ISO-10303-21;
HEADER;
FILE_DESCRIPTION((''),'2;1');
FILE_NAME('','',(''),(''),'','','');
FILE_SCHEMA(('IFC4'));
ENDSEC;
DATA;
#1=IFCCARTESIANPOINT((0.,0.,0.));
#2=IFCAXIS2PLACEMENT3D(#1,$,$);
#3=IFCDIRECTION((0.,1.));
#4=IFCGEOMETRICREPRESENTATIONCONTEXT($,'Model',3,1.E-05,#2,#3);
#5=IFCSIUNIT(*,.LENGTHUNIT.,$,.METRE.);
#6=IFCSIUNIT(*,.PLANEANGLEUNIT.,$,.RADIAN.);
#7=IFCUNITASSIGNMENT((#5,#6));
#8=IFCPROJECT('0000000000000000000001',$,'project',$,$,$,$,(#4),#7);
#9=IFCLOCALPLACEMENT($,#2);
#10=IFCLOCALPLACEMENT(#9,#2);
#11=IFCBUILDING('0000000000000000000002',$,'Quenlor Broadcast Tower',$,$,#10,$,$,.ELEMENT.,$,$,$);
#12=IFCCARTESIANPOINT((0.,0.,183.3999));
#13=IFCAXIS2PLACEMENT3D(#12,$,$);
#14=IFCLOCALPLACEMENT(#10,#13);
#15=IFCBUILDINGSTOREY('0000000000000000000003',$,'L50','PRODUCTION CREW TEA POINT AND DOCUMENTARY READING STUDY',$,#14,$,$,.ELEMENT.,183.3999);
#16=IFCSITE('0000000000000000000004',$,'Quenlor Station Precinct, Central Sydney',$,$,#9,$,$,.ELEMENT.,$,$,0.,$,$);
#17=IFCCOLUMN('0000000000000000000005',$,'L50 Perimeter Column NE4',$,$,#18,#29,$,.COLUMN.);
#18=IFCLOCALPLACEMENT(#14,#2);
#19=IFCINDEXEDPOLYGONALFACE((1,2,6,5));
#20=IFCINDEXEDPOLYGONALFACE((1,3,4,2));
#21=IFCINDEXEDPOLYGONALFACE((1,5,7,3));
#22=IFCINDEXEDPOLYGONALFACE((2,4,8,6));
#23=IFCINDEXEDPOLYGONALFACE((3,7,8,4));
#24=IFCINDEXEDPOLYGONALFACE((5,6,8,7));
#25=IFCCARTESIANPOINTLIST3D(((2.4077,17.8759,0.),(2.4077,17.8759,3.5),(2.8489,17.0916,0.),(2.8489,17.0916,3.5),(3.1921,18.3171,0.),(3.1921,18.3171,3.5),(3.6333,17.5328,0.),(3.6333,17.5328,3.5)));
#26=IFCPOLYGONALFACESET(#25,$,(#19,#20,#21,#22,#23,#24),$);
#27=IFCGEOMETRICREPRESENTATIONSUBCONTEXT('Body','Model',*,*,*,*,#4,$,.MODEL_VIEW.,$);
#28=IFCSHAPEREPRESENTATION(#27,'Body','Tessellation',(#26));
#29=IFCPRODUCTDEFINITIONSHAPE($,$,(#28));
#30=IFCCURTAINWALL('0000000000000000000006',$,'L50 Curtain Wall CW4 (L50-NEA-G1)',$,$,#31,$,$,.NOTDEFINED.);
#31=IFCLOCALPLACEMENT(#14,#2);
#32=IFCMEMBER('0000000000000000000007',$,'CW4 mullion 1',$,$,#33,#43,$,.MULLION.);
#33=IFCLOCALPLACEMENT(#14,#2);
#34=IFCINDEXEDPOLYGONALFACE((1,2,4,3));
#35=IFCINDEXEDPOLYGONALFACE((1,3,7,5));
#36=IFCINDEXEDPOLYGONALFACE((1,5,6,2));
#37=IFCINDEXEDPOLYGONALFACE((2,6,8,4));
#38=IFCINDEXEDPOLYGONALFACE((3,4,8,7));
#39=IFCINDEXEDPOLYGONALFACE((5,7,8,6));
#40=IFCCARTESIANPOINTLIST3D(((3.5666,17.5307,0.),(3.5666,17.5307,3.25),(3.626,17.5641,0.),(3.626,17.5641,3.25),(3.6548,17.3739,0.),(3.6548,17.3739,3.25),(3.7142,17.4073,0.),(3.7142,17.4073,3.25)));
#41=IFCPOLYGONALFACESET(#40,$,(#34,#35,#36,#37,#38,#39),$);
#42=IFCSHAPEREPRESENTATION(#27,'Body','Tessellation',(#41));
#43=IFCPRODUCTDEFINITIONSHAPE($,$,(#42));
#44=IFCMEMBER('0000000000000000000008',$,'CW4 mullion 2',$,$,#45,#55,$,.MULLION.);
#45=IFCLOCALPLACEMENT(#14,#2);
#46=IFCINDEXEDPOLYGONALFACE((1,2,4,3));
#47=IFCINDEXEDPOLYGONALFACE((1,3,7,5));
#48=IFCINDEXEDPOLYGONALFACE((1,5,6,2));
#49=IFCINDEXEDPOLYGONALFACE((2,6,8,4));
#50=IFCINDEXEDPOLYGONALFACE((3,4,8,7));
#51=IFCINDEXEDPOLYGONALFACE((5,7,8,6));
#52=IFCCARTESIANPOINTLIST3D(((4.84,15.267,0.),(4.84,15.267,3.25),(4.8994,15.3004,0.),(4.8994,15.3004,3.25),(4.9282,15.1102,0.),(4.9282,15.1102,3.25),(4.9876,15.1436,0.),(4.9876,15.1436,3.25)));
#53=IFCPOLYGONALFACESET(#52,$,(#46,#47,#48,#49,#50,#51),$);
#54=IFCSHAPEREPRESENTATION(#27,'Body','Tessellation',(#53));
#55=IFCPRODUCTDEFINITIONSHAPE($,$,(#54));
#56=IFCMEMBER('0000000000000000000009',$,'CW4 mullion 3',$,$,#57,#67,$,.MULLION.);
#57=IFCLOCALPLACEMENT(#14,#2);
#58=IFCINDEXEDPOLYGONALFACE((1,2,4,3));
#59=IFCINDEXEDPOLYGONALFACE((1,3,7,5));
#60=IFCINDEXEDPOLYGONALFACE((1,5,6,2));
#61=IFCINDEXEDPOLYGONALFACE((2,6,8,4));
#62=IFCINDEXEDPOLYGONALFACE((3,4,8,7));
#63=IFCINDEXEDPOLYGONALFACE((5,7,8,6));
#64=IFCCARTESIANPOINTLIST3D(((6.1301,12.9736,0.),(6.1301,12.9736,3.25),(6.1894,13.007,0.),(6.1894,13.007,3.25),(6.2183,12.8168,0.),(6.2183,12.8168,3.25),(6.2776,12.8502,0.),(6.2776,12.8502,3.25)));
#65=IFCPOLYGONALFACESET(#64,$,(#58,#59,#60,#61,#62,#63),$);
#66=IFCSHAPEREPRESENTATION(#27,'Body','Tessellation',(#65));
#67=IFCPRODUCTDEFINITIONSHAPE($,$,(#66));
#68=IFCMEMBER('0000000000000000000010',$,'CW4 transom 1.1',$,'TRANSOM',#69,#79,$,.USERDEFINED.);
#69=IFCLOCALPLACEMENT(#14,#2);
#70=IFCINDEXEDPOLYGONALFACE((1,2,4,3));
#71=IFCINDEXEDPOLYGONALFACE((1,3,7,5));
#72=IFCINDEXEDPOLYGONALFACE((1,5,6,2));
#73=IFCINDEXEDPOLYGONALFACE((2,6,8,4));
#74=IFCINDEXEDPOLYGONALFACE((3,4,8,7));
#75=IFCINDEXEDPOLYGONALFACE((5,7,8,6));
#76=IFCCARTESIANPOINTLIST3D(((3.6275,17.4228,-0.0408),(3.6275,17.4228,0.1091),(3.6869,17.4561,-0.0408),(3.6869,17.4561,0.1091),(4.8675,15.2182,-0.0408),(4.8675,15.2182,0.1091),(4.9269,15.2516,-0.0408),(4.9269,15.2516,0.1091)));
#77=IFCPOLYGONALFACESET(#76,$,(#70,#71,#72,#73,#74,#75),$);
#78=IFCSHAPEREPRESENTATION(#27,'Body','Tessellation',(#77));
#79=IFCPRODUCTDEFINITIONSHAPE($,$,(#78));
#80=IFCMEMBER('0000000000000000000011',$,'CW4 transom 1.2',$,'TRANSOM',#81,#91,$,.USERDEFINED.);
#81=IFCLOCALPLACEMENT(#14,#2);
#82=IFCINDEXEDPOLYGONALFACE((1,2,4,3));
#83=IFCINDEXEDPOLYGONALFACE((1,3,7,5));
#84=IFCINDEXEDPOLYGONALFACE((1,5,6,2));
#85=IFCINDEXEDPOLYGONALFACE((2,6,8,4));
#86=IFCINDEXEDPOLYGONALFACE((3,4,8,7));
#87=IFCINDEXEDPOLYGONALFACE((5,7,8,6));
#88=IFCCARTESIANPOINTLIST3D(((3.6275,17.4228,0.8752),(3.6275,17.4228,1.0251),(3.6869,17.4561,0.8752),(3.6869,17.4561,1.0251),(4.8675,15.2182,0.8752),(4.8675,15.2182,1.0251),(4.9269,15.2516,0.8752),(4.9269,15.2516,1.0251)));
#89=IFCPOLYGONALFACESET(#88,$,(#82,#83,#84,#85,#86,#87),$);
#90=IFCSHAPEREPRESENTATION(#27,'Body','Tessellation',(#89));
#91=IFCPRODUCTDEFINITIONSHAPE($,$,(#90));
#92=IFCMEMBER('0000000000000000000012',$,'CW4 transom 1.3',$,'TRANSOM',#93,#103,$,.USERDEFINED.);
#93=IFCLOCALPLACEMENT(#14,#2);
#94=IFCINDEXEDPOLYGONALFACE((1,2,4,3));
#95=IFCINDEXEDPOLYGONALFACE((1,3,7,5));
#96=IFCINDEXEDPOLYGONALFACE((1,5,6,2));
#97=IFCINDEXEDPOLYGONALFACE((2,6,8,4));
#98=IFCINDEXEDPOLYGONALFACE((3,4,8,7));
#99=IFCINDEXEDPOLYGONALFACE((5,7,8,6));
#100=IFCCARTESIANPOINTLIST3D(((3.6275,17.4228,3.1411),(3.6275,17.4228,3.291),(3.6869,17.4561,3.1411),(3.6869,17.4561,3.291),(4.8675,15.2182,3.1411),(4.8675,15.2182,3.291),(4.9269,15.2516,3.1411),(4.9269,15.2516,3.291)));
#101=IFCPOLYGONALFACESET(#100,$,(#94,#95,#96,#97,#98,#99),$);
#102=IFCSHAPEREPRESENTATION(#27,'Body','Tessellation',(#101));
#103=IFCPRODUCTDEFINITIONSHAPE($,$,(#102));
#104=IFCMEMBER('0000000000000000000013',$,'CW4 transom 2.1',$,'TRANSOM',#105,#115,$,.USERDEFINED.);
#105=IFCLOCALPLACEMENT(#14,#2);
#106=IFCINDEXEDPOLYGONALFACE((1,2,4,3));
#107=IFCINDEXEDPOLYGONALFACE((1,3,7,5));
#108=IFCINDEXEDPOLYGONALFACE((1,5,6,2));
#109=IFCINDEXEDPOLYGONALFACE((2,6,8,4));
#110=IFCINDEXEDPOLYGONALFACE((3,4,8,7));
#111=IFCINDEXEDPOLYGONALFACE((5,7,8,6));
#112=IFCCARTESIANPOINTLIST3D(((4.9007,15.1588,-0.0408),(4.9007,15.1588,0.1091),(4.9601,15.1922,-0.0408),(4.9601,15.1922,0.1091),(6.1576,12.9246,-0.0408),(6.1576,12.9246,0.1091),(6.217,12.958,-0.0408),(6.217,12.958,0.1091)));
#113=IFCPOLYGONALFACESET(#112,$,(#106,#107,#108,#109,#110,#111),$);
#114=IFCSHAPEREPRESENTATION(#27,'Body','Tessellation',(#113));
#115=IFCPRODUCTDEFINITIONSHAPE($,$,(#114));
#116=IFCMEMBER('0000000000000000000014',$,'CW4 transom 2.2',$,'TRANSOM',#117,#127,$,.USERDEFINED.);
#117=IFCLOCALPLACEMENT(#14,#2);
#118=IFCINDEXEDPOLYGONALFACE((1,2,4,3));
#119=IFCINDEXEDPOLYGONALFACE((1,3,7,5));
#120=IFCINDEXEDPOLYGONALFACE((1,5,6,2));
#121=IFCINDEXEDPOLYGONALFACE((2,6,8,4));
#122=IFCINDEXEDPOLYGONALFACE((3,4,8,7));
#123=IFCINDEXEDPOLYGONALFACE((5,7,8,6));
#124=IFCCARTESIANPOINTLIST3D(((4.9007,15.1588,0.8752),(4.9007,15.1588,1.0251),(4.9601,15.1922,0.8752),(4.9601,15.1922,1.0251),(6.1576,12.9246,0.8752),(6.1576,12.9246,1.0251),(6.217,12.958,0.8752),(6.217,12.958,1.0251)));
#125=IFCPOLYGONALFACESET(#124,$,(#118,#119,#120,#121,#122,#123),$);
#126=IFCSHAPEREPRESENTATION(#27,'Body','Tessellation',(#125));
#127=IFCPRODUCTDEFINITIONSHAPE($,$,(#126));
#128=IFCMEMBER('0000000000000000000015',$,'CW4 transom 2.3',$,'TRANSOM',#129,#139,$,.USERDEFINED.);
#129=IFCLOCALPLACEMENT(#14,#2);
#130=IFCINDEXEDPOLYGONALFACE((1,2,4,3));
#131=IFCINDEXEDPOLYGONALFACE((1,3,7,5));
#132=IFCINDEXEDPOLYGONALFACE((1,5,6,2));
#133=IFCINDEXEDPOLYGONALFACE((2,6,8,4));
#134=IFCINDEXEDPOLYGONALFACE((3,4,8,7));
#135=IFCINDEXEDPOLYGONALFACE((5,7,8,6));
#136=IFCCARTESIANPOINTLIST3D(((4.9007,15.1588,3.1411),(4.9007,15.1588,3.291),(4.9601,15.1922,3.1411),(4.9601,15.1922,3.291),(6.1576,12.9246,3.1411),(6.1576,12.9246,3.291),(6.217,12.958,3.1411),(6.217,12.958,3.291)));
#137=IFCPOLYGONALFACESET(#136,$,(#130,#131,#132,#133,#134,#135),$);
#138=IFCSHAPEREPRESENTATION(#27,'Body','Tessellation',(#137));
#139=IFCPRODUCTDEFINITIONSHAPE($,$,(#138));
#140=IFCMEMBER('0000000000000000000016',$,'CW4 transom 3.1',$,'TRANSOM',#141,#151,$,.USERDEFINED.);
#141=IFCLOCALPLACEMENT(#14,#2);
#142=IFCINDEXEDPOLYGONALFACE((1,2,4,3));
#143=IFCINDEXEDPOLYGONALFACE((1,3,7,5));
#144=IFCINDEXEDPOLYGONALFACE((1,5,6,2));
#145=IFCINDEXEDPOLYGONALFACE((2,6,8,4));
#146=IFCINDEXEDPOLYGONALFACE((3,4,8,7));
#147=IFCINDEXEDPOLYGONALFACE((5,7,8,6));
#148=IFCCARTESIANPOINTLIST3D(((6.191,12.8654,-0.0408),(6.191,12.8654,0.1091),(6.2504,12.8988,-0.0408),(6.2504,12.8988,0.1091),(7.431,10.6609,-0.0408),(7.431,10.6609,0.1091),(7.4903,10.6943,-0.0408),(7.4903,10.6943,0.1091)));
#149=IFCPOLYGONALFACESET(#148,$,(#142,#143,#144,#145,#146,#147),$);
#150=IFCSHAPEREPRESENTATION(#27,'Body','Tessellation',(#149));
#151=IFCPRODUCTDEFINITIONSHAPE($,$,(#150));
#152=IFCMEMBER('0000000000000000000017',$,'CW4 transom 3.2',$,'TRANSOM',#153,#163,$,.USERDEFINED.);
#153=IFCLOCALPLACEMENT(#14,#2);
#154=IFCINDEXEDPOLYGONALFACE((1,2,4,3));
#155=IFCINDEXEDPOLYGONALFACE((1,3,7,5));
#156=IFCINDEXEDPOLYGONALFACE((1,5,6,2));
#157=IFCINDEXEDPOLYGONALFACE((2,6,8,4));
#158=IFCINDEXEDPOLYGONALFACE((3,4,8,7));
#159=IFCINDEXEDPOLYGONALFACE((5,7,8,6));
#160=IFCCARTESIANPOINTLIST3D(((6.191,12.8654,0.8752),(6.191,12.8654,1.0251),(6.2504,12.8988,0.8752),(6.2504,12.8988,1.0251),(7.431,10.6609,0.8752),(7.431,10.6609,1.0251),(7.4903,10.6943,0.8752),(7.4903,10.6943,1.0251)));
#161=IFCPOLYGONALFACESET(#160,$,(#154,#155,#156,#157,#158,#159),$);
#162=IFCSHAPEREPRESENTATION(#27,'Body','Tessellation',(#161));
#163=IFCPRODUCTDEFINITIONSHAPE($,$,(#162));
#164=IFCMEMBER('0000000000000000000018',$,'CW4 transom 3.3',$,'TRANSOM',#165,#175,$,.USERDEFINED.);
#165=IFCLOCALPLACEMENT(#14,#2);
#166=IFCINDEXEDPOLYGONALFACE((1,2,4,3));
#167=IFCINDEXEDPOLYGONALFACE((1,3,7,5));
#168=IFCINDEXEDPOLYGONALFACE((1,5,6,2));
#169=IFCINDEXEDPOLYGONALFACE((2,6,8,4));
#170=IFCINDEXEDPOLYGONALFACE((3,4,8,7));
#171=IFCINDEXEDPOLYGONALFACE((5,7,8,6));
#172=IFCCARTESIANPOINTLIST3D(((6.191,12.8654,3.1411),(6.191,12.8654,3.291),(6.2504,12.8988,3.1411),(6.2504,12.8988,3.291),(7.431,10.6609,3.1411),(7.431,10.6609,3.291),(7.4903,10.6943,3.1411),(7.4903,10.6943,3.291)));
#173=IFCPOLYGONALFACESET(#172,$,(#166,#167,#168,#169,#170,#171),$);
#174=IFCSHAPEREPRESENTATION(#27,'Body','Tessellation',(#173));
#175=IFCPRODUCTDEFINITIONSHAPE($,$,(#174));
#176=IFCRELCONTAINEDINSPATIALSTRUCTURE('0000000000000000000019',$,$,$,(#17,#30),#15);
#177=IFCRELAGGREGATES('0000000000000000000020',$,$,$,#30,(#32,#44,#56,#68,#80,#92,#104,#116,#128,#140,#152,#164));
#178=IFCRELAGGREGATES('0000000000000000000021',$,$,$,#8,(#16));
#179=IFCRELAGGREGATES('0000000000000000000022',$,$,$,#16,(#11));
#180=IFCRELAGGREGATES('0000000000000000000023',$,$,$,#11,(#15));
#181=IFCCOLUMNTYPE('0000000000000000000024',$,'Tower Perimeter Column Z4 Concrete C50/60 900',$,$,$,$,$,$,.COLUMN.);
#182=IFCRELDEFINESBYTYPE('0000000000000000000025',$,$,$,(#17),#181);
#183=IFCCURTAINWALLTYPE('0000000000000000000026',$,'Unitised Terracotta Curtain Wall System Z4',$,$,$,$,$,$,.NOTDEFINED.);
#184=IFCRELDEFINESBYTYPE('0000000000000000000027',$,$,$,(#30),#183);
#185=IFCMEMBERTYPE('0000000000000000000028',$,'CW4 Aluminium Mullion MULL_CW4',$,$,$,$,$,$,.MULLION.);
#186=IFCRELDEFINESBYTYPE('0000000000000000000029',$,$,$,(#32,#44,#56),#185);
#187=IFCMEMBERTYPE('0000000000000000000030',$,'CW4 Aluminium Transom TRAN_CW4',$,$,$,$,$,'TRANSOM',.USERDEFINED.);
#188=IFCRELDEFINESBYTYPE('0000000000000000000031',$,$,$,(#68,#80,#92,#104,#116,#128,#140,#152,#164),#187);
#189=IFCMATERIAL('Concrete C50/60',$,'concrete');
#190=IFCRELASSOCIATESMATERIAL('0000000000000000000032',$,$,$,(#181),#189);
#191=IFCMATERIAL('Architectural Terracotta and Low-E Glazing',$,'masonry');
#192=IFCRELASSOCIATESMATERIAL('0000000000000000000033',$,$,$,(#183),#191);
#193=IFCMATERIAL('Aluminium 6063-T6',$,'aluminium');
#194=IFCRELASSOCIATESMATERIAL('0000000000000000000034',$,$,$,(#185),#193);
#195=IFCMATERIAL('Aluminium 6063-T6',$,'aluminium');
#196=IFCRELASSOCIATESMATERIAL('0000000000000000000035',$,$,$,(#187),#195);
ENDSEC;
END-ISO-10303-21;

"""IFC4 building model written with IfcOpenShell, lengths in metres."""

from ifc_helpers import new_model, si_unit, direction, frame, origin, origin_2d, place, context, subcontext, project, spatial, rectangle, extrude, material, material_profile, profile_set, type_object, element, aggregate, save


model = new_model("IFC4")

# Units and contexts
model_context = context("Model", 3, precision=1e-05, world=origin(), true_north=direction((0.0, 1.0)))
body_context = subcontext(model_context, "Body", "Model", "MODEL_VIEW")
ifc_project = project(units=[si_unit("LENGTHUNIT", "METRE"), si_unit("PLANEANGLEUNIT", "RADIAN")], contexts=[model_context])

# Site, building, storey
site_placement = place(None, origin())
site = spatial("IfcSite", under=ifc_project, at=site_placement, Name="Quenlor Station Precinct, Central Sydney", CompositionType="ELEMENT", RefElevation=0.0)
building_placement = place(site_placement, origin())
building = spatial("IfcBuilding", under=site, at=building_placement, Name="Quenlor Broadcast Tower", CompositionType="ELEMENT")
storey_placement = place(building_placement, frame((0.0, 0.0, 183.3999)))
storey = spatial("IfcBuildingStorey", under=building, at=storey_placement, Name="L50", Description="PRODUCTION CREW TEA POINT AND DOCUMENTARY READING STUDY", CompositionType="ELEMENT", Elevation=183.3999)

# Column
ifc_material_1 = material(Name="Concrete C50/60", Category="concrete")
ifc_material_profile_1 = material_profile(ifc_material_1, rectangle(XDim=0.8999, YDim=0.8999, at=origin_2d()))
ifc_profile_set_1 = profile_set([ifc_material_profile_1], Name="Concrete C50/60 RC900x900")
column_type = type_object("IfcColumnType", Name="Tower Perimeter Column Z4 Concrete C50/60 900", PredefinedType="COLUMN", material=ifc_profile_set_1)
column_placement = place(storey_placement, frame((3.0205, 17.7043, 0.0), z_axis=(0.0, 0.0, 1.0), x_axis=(0.871575, 0.490262, 0.0)))
element("IfcColumn", 1, at=column_placement, inside=storey, type_object=column_type, Name="L50 Perimeter Column NE4", PredefinedType="COLUMN", context=body_context, shape_type="SweptSolid", body=[
    extrude(rectangle(XDim=0.8999, YDim=0.8999, at=origin_2d()), origin(), (0.0, 0.0, 1.0), 3.5),
])

# Curtain wall, members
ifc_material_2 = material(Name="Architectural Terracotta and Low-E Glazing", Category="masonry")
curtain_wall_type = type_object("IfcCurtainWallType", Name="Unitised Terracotta Curtain Wall System Z4", PredefinedType="NOTDEFINED", material=ifc_material_2)
curtain_wall_placement = place(storey_placement, origin())
curtain_wall = element("IfcCurtainWall", 2, at=curtain_wall_placement, inside=storey, type_object=curtain_wall_type, Name="L50 Curtain Wall CW4 (L50-NEA-G1)", PredefinedType="NOTDEFINED")
ifc_material_3 = material(Name="Aluminium 6063-T6", Category="aluminium")
ifc_material_profile_2 = material_profile(ifc_material_3, rectangle(XDim=0.0681, YDim=0.1799, at=origin_2d()))
ifc_profile_set_2 = profile_set([ifc_material_profile_2], Name="Aluminium 6063-T6 MULL68x180")
member_type_1 = type_object("IfcMemberType", Name="CW4 Aluminium Mullion MULL_CW4", PredefinedType="MULLION", material=ifc_profile_set_2)
member_1_placement = place(storey_placement, frame((3.6404, 17.469, 0.0), z_axis=(0.0, 0.0, 1.0), x_axis=(0.871577, 0.490259, 0.0)))
member_1 = element("IfcMember", 3, at=member_1_placement, type_object=member_type_1, Name="CW4 mullion 1", PredefinedType="MULLION", context=body_context, shape_type="SweptSolid", body=[
    extrude(rectangle(XDim=0.0681, YDim=0.1799, at=origin_2d()), origin(), (0.0, 0.0, 1.0), 3.25),
])
member_2_placement = place(storey_placement, frame((4.9138, 15.2053, 0.0), z_axis=(0.0, 0.0, 1.0), x_axis=(0.871577, 0.490259, 0.0)))
member_2 = element("IfcMember", 4, at=member_2_placement, type_object=member_type_1, Name="CW4 mullion 2", PredefinedType="MULLION", context=body_context, shape_type="SweptSolid", body=[
    extrude(rectangle(XDim=0.0681, YDim=0.1799, at=origin_2d()), origin(), (0.0, 0.0, 1.0), 3.25),
])
member_3_placement = place(storey_placement, frame((6.2039, 12.9119, 0.0), z_axis=(0.0, 0.0, 1.0), x_axis=(0.871577, 0.490259, 0.0)))
member_3 = element("IfcMember", 5, at=member_3_placement, type_object=member_type_1, Name="CW4 mullion 3", PredefinedType="MULLION", context=body_context, shape_type="SweptSolid", body=[
    extrude(rectangle(XDim=0.0681, YDim=0.1799, at=origin_2d()), origin(), (0.0, 0.0, 1.0), 3.25),
])
ifc_material_4 = material(Name="Aluminium 6063-T6", Category="aluminium")
ifc_material_profile_3 = material_profile(ifc_material_4, rectangle(XDim=0.0681, YDim=0.1499, at=origin_2d()))
ifc_profile_set_3 = profile_set([ifc_material_profile_3], Name="Aluminium 6063-T6 TRAN68x150")
member_type_2 = type_object("IfcMemberType", Name="CW4 Aluminium Transom TRAN_CW4", ElementType="TRANSOM", PredefinedType="USERDEFINED", material=ifc_profile_set_3)
member_4_placement = place(storey_placement, frame((3.6572, 17.4395, 0.0342), z_axis=(0.490234, -0.871591, 0.0), x_axis=(0.871591, 0.490234, 0.0)))
member_4 = element("IfcMember", 6, at=member_4_placement, type_object=member_type_2, Name="CW4 transom 1.1", ObjectType="TRANSOM", PredefinedType="USERDEFINED", context=body_context, shape_type="SweptSolid", body=[
    extrude(rectangle(XDim=0.0681, YDim=0.1499, at=origin_2d()), origin(), (0.0, 0.0, 1.0), 2.5293),
])
member_5_placement = place(storey_placement, frame((3.6572, 17.4395, 0.9502), z_axis=(0.490234, -0.871591, 0.0), x_axis=(0.871591, 0.490234, 0.0)))
member_5 = element("IfcMember", 7, at=member_5_placement, type_object=member_type_2, Name="CW4 transom 1.2", ObjectType="TRANSOM", PredefinedType="USERDEFINED", context=body_context, shape_type="SweptSolid", body=[
    extrude(rectangle(XDim=0.0681, YDim=0.1499, at=origin_2d()), origin(), (0.0, 0.0, 1.0), 2.5293),
])
member_6_placement = place(storey_placement, frame((3.6572, 17.4395, 3.2161), z_axis=(0.490234, -0.871591, 0.0), x_axis=(0.871591, 0.490234, 0.0)))
member_6 = element("IfcMember", 8, at=member_6_placement, type_object=member_type_2, Name="CW4 transom 1.3", ObjectType="TRANSOM", PredefinedType="USERDEFINED", context=body_context, shape_type="SweptSolid", body=[
    extrude(rectangle(XDim=0.0681, YDim=0.1499, at=origin_2d()), origin(), (0.0, 0.0, 1.0), 2.5293),
])
member_7_placement = place(storey_placement, frame((4.9304, 15.1755, 0.0342), z_axis=(0.490302, -0.871553, 0.0), x_axis=(0.871553, 0.490302, 0.0)))
member_7 = element("IfcMember", 9, at=member_7_placement, type_object=member_type_2, Name="CW4 transom 2.1", ObjectType="TRANSOM", PredefinedType="USERDEFINED", context=body_context, shape_type="SweptSolid", body=[
    extrude(rectangle(XDim=0.0681, YDim=0.1499, at=origin_2d()), origin(), (0.0, 0.0, 1.0), 2.5635),
])
member_8_placement = place(storey_placement, frame((4.9304, 15.1755, 0.9502), z_axis=(0.490302, -0.871553, 0.0), x_axis=(0.871553, 0.490302, 0.0)))
member_8 = element("IfcMember", 10, at=member_8_placement, type_object=member_type_2, Name="CW4 transom 2.2", ObjectType="TRANSOM", PredefinedType="USERDEFINED", context=body_context, shape_type="SweptSolid", body=[
    extrude(rectangle(XDim=0.0681, YDim=0.1499, at=origin_2d()), origin(), (0.0, 0.0, 1.0), 2.5635),
])
member_9_placement = place(storey_placement, frame((4.9304, 15.1755, 3.2161), z_axis=(0.490302, -0.871553, 0.0), x_axis=(0.871553, 0.490302, 0.0)))
member_9 = element("IfcMember", 11, at=member_9_placement, type_object=member_type_2, Name="CW4 transom 2.3", ObjectType="TRANSOM", PredefinedType="USERDEFINED", context=body_context, shape_type="SweptSolid", body=[
    extrude(rectangle(XDim=0.0681, YDim=0.1499, at=origin_2d()), origin(), (0.0, 0.0, 1.0), 2.5635),
])
member_10_placement = place(storey_placement, frame((6.2207, 12.8821, 0.0342), z_axis=(0.490234, -0.871591, 0.0), x_axis=(0.871591, 0.490234, 0.0)))
member_10 = element("IfcMember", 12, at=member_10_placement, type_object=member_type_2, Name="CW4 transom 3.1", ObjectType="TRANSOM", PredefinedType="USERDEFINED", context=body_context, shape_type="SweptSolid", body=[
    extrude(rectangle(XDim=0.0681, YDim=0.1499, at=origin_2d()), origin(), (0.0, 0.0, 1.0), 2.5293),
])
member_11_placement = place(storey_placement, frame((6.2207, 12.8821, 0.9502), z_axis=(0.490234, -0.871591, 0.0), x_axis=(0.871591, 0.490234, 0.0)))
member_11 = element("IfcMember", 13, at=member_11_placement, type_object=member_type_2, Name="CW4 transom 3.2", ObjectType="TRANSOM", PredefinedType="USERDEFINED", context=body_context, shape_type="SweptSolid", body=[
    extrude(rectangle(XDim=0.0681, YDim=0.1499, at=origin_2d()), origin(), (0.0, 0.0, 1.0), 2.5293),
])
member_12_placement = place(storey_placement, frame((6.2207, 12.8821, 3.2161), z_axis=(0.490234, -0.871591, 0.0), x_axis=(0.871591, 0.490234, 0.0)))
member_12 = element("IfcMember", 14, at=member_12_placement, type_object=member_type_2, Name="CW4 transom 3.3", ObjectType="TRANSOM", PredefinedType="USERDEFINED", context=body_context, shape_type="SweptSolid", body=[
    extrude(rectangle(XDim=0.0681, YDim=0.1499, at=origin_2d()), origin(), (0.0, 0.0, 1.0), 2.5293),
])

aggregate(curtain_wall, [member_1, member_2, member_3, member_4, member_5, member_6, member_7, member_8, member_9, member_10, member_11, member_12])

save(model, "model.ifc")
